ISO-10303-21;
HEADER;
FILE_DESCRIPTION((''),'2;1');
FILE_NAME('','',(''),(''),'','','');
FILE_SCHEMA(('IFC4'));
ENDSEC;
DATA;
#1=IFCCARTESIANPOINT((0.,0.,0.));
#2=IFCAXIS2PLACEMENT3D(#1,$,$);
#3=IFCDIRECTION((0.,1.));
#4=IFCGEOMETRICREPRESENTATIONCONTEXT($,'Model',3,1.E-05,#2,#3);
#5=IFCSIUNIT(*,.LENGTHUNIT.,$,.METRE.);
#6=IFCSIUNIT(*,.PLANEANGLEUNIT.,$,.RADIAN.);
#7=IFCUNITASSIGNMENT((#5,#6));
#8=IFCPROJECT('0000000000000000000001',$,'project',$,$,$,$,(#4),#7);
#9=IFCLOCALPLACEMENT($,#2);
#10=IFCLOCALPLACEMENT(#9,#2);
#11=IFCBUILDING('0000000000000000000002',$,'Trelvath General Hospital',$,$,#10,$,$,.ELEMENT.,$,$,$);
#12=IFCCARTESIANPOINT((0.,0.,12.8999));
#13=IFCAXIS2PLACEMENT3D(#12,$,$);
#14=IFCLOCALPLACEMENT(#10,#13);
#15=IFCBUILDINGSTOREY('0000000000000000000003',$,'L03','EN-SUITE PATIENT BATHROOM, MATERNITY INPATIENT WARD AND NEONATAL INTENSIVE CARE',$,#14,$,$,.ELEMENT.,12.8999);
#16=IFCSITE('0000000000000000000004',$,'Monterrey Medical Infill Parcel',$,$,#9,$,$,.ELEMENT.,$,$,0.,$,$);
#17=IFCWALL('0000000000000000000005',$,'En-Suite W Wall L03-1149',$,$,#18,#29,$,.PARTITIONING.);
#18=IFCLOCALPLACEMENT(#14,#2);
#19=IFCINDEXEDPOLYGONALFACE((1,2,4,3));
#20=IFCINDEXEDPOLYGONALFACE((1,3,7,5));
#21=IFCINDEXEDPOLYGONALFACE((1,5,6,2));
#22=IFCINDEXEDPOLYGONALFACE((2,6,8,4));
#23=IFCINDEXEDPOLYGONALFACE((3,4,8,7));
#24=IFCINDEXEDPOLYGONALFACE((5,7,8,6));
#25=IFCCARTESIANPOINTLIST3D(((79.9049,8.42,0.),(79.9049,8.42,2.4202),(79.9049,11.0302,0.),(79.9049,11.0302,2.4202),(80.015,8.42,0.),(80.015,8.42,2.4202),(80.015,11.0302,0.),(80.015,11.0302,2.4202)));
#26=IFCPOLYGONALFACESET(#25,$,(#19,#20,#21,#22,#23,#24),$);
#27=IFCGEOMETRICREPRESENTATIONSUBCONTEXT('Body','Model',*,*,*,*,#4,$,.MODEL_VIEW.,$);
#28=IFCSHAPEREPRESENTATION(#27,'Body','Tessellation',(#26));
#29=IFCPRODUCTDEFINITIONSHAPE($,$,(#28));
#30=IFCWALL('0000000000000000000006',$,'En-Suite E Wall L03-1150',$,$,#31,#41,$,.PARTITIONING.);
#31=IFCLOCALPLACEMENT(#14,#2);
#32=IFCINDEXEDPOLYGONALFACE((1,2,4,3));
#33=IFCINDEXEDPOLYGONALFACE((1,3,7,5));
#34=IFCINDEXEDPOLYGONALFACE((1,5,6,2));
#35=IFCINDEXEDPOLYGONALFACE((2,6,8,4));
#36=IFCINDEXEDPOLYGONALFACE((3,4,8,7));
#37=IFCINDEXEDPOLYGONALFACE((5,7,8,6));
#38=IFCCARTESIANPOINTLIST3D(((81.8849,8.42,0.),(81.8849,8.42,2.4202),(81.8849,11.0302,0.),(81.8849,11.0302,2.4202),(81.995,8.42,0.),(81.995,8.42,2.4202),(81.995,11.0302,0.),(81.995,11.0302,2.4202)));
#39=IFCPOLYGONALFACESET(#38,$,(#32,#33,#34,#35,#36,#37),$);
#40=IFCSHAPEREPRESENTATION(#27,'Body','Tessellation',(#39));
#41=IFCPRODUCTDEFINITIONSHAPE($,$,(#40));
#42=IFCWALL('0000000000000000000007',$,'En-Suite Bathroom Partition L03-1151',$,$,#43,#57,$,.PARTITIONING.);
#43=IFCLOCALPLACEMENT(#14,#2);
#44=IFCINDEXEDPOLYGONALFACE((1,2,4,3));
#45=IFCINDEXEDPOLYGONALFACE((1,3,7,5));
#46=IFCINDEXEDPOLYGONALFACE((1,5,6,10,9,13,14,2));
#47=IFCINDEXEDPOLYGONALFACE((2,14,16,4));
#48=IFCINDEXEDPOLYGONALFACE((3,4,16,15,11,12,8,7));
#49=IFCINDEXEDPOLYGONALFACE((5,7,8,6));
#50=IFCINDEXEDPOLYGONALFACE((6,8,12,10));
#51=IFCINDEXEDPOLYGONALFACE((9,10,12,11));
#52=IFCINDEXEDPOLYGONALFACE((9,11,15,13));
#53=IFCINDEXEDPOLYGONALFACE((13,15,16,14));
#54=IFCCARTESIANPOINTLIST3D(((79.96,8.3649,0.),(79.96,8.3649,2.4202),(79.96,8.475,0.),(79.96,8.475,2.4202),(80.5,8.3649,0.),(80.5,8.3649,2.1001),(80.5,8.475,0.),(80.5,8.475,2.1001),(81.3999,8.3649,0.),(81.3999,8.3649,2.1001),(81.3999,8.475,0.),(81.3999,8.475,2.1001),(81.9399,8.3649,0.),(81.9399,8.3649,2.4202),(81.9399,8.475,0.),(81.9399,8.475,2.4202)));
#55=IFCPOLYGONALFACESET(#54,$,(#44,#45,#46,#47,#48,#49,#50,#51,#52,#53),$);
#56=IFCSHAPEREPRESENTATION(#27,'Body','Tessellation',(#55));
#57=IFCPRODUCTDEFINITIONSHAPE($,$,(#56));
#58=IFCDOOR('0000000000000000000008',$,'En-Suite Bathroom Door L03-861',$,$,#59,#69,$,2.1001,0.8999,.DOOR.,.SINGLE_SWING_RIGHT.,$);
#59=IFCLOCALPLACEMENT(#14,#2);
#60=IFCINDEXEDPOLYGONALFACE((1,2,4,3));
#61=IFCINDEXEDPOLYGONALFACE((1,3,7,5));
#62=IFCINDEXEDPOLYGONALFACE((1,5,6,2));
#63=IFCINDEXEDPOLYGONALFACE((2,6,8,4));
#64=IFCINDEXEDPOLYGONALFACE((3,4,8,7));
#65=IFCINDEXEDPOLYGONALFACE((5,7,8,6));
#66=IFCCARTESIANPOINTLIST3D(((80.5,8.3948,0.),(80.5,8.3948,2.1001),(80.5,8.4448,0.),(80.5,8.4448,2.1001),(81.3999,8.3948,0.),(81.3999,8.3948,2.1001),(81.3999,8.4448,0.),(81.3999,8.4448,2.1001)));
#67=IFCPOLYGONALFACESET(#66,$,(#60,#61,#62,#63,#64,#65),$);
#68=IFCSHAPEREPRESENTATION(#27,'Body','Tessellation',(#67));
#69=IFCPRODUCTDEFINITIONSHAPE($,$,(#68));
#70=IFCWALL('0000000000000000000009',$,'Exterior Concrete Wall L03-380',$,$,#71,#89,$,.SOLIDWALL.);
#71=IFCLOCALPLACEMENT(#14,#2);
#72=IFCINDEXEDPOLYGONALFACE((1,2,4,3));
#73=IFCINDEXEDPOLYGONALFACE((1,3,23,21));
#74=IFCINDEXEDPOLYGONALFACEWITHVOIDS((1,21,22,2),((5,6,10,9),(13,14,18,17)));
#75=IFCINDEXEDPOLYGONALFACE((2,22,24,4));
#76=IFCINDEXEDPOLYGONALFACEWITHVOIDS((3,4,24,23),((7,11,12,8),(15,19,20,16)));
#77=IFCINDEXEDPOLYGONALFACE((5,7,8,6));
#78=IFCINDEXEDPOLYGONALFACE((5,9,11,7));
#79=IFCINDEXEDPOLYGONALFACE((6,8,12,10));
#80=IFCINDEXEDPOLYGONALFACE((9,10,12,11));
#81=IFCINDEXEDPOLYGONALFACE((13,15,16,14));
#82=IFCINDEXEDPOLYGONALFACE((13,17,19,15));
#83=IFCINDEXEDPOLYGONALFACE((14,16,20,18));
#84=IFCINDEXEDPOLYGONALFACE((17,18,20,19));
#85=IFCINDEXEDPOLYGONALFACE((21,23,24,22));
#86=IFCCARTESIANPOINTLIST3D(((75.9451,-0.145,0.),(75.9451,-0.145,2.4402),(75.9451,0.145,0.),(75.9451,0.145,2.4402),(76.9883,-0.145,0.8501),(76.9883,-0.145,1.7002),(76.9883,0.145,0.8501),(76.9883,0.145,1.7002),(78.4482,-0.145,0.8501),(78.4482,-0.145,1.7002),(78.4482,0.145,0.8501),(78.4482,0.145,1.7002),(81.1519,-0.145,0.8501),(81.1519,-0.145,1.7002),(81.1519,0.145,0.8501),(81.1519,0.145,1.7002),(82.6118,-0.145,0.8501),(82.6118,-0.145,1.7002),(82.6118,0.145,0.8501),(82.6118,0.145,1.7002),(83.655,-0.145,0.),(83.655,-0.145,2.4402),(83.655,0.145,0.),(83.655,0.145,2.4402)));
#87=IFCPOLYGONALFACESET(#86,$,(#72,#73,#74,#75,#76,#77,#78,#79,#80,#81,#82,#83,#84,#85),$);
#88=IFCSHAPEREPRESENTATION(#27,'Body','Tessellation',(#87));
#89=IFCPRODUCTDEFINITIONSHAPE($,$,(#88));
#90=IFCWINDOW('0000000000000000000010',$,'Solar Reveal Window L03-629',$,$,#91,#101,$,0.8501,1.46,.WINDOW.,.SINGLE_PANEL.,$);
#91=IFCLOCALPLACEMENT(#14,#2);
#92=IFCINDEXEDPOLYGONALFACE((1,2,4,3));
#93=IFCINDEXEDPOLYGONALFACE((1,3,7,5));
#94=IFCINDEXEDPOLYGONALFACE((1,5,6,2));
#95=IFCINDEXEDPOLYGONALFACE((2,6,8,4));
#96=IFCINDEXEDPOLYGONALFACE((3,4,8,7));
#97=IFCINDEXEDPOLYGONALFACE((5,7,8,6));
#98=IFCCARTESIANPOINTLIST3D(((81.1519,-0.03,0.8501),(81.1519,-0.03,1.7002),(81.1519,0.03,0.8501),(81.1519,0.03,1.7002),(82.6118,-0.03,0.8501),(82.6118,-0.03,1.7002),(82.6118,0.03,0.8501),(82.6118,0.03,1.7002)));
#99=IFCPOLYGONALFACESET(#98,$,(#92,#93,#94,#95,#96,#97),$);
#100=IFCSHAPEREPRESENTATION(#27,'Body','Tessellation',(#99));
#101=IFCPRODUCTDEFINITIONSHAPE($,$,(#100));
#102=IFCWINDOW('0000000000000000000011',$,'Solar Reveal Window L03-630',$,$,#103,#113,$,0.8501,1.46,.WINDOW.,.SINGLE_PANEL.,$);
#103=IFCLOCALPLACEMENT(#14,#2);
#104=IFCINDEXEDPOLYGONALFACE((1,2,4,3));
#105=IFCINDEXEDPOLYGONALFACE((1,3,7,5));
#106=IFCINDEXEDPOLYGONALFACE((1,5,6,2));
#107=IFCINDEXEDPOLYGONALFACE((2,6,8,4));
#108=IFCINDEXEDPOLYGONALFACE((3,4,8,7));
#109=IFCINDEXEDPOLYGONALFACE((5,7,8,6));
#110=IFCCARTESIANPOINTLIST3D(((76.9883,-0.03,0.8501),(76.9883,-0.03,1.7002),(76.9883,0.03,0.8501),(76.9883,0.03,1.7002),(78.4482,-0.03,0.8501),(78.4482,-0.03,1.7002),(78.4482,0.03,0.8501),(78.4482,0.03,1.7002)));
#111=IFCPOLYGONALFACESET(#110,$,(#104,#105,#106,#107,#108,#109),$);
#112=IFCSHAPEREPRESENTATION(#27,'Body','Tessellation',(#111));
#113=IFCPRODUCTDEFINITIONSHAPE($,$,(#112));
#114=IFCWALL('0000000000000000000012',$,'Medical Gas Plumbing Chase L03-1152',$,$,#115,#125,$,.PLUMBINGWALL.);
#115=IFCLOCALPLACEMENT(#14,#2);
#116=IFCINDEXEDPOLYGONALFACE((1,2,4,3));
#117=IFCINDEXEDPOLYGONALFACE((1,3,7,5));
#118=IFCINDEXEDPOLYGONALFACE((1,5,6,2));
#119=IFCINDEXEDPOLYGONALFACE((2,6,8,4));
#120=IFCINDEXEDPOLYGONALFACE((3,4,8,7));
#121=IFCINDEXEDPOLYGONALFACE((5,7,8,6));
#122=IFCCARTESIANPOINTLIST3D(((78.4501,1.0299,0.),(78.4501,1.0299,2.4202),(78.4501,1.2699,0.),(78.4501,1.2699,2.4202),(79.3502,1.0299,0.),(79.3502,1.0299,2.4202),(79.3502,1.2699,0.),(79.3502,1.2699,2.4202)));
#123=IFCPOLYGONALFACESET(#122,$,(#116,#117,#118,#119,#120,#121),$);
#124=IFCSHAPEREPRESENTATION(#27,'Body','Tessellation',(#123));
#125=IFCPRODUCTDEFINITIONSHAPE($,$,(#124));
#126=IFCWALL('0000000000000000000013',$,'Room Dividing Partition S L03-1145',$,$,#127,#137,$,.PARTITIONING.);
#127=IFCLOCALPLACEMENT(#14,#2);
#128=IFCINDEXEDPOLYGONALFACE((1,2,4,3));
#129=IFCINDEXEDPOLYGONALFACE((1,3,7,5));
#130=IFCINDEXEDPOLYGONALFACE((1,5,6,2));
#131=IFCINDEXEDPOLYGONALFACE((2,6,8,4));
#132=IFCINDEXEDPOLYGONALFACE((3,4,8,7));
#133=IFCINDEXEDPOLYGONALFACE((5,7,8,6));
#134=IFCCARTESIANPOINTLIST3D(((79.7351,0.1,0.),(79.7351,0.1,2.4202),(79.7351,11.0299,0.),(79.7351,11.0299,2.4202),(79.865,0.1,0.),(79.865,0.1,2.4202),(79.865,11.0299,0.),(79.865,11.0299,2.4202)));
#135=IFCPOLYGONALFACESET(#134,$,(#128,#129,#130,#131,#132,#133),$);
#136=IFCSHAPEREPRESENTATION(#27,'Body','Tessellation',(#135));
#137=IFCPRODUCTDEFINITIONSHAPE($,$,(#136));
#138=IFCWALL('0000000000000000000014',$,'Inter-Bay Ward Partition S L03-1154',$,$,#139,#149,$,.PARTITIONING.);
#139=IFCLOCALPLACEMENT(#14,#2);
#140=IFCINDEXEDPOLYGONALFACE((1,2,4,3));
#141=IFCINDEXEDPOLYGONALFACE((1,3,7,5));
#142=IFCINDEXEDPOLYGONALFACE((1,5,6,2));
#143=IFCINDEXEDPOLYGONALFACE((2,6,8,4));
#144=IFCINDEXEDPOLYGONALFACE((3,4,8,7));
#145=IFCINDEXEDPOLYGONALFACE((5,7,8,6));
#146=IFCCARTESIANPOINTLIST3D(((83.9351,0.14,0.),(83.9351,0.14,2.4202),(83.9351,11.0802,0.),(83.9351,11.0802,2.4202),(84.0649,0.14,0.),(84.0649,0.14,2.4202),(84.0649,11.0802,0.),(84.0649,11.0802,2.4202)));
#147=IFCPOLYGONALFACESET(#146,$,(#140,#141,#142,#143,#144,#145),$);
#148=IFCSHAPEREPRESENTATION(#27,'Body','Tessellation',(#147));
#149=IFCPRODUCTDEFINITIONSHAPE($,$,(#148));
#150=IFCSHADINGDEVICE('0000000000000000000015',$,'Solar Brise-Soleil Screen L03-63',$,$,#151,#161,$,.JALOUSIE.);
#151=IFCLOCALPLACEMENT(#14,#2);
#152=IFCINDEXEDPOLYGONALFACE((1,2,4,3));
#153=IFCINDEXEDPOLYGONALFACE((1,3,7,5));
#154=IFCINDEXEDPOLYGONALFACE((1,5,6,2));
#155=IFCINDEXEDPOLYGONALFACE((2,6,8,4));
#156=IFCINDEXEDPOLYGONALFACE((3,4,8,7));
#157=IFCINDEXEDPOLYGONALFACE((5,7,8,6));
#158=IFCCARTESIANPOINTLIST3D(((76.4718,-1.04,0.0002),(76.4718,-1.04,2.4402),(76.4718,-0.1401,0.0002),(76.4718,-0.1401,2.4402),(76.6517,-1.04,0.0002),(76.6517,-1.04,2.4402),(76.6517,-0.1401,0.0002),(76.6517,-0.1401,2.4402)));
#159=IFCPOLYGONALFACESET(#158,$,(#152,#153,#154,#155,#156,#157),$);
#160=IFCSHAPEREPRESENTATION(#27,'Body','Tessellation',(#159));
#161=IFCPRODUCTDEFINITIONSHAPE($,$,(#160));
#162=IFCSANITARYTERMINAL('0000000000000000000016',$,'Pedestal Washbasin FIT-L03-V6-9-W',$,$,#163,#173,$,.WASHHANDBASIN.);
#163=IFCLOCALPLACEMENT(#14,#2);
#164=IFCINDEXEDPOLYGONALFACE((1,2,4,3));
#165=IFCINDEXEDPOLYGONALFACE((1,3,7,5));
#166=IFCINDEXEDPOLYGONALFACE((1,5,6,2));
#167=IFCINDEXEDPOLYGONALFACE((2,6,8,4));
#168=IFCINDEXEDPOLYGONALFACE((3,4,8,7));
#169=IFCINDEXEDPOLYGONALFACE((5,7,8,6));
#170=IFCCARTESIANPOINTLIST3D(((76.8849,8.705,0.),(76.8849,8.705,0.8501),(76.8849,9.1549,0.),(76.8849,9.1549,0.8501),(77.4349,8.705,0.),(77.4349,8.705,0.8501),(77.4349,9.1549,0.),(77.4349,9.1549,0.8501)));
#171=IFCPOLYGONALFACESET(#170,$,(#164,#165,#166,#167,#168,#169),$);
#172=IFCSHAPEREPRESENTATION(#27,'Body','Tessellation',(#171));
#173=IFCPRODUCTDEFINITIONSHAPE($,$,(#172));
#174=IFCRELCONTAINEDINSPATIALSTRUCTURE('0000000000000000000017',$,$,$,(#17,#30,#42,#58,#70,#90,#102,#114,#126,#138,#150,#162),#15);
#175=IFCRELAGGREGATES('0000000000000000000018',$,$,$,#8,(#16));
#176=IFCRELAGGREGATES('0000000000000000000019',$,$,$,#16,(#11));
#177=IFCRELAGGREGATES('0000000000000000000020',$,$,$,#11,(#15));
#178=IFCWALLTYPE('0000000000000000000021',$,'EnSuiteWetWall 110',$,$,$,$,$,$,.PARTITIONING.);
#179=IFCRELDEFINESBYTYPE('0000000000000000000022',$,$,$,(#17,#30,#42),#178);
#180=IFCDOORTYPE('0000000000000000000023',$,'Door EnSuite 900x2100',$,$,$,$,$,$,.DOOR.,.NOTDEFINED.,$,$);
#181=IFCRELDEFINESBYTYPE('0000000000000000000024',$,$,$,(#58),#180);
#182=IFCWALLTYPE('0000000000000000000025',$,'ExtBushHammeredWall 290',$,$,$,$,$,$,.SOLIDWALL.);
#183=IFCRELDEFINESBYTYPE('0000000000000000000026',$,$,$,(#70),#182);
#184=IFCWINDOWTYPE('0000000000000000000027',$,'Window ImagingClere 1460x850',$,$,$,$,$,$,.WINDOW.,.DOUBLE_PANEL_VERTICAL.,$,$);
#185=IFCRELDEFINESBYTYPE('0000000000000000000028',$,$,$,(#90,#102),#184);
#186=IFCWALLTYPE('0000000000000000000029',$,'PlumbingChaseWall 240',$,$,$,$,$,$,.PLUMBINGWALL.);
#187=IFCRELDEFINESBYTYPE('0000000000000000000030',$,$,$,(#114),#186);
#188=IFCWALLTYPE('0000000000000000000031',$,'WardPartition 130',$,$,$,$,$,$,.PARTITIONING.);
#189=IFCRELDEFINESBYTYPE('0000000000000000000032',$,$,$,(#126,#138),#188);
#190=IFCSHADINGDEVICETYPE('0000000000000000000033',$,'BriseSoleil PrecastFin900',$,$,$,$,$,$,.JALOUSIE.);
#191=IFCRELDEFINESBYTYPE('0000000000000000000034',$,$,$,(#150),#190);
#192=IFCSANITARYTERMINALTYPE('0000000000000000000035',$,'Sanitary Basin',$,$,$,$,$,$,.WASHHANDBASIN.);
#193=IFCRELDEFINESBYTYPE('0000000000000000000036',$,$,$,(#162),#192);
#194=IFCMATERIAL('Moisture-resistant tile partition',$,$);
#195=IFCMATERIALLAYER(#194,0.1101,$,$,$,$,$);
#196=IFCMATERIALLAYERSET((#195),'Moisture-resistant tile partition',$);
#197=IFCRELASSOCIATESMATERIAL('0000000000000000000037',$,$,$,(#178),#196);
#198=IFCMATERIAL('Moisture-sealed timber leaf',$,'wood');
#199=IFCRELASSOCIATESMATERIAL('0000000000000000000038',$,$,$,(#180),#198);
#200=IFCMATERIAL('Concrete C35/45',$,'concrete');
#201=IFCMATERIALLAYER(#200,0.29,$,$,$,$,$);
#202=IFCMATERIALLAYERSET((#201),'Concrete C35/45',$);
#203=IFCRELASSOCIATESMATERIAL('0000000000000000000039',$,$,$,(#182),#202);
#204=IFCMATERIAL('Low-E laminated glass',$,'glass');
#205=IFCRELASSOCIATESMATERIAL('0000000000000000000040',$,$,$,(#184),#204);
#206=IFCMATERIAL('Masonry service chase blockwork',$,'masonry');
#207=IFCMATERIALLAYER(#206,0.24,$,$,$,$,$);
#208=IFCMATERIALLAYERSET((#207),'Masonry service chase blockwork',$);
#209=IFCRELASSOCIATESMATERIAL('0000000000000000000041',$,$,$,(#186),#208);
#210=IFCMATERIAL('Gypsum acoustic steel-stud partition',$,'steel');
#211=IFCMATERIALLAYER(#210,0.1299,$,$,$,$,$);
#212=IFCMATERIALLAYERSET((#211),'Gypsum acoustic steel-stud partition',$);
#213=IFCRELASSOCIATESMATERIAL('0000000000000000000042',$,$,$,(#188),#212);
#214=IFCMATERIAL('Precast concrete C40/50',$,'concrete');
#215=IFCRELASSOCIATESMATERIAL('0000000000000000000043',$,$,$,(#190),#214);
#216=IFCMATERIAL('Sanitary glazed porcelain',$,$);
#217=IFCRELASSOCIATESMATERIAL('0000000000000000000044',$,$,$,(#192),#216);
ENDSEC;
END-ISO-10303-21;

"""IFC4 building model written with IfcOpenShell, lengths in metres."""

from ifc_helpers import new_model, si_unit, direction, frame, frame_2d, origin, origin_2d, place, context, subcontext, project, spatial, rectangle, extrude, material, layer, layer_set, type_object, element, fill, save


model = new_model("IFC4")

# Units and contexts
model_context = context("Model", 3, precision=1e-05, world=origin(), true_north=direction((0.0, 1.0)))
body_context = subcontext(model_context, "Body", "Model", "MODEL_VIEW")
ifc_project = project(units=[si_unit("LENGTHUNIT", "METRE"), si_unit("PLANEANGLEUNIT", "RADIAN")], contexts=[model_context])

# Site, building, storey
site_placement = place(None, origin())
site = spatial("IfcSite", under=ifc_project, at=site_placement, Name="Monterrey Medical Infill Parcel", CompositionType="ELEMENT", RefElevation=0.0)
building_placement = place(site_placement, origin())
building = spatial("IfcBuilding", under=site, at=building_placement, Name="Trelvath General Hospital", CompositionType="ELEMENT")
storey_placement = place(building_placement, frame((0.0, 0.0, 12.8999)))
storey = spatial("IfcBuildingStorey", under=building, at=storey_placement, Name="L03", Description="EN-SUITE PATIENT BATHROOM, MATERNITY INPATIENT WARD AND NEONATAL INTENSIVE CARE", CompositionType="ELEMENT", Elevation=12.8999)

# Walls
ifc_material_1 = material(Name="Moisture-resistant tile partition")
ifc_layer_1 = layer(ifc_material_1, 0.1101)
ifc_layer_set_1 = layer_set([ifc_layer_1], Name="Moisture-resistant tile partition")
wall_type_1 = type_object("IfcWallType", Name="EnSuiteWetWall 110", PredefinedType="PARTITIONING", material=ifc_layer_set_1)
for number, where, z_axis, x_axis, name in (
    (1, (79.96, 8.4199, 0.0), (0.0, 0.0, 1.0), (0.0, 1.0, 0.0), "En-Suite W Wall L03-1149"),
    (2, (81.9399, 8.4199, 0.0), (0.0, 0.0, 1.0), (0.0, 1.0, 0.0), "En-Suite E Wall L03-1150"),
):
    element("IfcWall", number, at=place(storey_placement, frame(where, z_axis=z_axis, x_axis=x_axis)), inside=storey, type_object=wall_type_1, Name=name, PredefinedType="PARTITIONING", context=body_context, shape_type="SweptSolid", body=[
        extrude(rectangle(XDim=2.6101, YDim=0.1101, at=frame_2d((1.3052, 0.0))), origin(), (0.0, 0.0, 1.0), 2.4202),
    ])

# Wall, opening, door
wall_1_placement = place(storey_placement, frame((79.96, 8.4199, 0.0), z_axis=(0.0, 0.0, 1.0), x_axis=(1.0, 0.0, 0.0)))
wall_1 = element("IfcWall", 3, at=wall_1_placement, inside=storey, type_object=wall_type_1, Name="En-Suite Bathroom Partition L03-1151", PredefinedType="PARTITIONING", context=body_context, shape_type="SweptSolid", body=[
    extrude(rectangle(XDim=1.98, YDim=0.1101, at=frame_2d((0.99, 0.0))), origin(), (0.0, 0.0, 1.0), 2.4202),
])
opening_1_placement = place(wall_1_placement, frame((0.54, 0.0, 0.0)))
opening_1 = element("IfcOpeningElement", 4, at=opening_1_placement, cuts=wall_1, PredefinedType="OPENING", context=body_context, shape_type="SweptSolid", body=[
    extrude(rectangle(XDim=0.8999, YDim=2.1001, at=frame_2d((0.45, 1.05))), frame((0.0, 0.0649, 0.0), z_axis=(0.0, -1.0, 0.0), x_axis=(1.0, 0.0, 0.0)), (0.0, 0.0, 1.0), 0.1301),
])
ifc_material_2 = material(Name="Moisture-sealed timber leaf", Category="wood")
door_type_1 = type_object("IfcDoorType", Name="Door EnSuite 900x2100", OperationType="NOTDEFINED", PredefinedType="DOOR", material=ifc_material_2)
door_1_placement = place(opening_1_placement, origin())
door_1 = element("IfcDoor", 5, at=door_1_placement, inside=storey, type_object=door_type_1, Name="En-Suite Bathroom Door L03-861", OperationType="SINGLE_SWING_RIGHT", OverallHeight=2.1001, OverallWidth=0.8999, PredefinedType="DOOR", context=body_context, shape_type="SweptSolid", body=[
    extrude(rectangle(XDim=0.8999, YDim=2.1001, at=frame_2d((0.45, 1.05))), frame((0.0, 0.0249, 0.0), z_axis=(0.0, -1.0, 0.0), x_axis=(1.0, 0.0, 0.0)), (0.0, 0.0, 1.0), 0.05),
])
fill(opening_1, door_1)

# Wall, openings, windows
ifc_material_3 = material(Name="Concrete C35/45", Category="concrete")
ifc_layer_2 = layer(ifc_material_3, 0.29)
ifc_layer_set_2 = layer_set([ifc_layer_2], Name="Concrete C35/45")
wall_type_2 = type_object("IfcWallType", Name="ExtBushHammeredWall 290", PredefinedType="SOLIDWALL", material=ifc_layer_set_2)
wall_2_placement = place(storey_placement, frame((83.655, 0.0, 0.0), z_axis=(0.0, 0.0, 1.0), x_axis=(-1.0, 0.0, 0.0)))
wall_2 = element("IfcWall", 6, at=wall_2_placement, inside=storey, type_object=wall_type_2, Name="Exterior Concrete Wall L03-380", PredefinedType="SOLIDWALL", context=body_context, shape_type="SweptSolid", body=[
    extrude(rectangle(XDim=7.71, YDim=0.29, at=frame_2d((3.855, 0.0))), origin(), (0.0, 0.0, 1.0), 2.4402),
])
opening_2_placement = place(wall_2_placement, frame((1.0432, 0.0, 0.8501)))
opening_2 = element("IfcOpeningElement", 7, at=opening_2_placement, cuts=wall_2, PredefinedType="OPENING", context=body_context, shape_type="SweptSolid", body=[
    extrude(rectangle(XDim=1.46, YDim=0.8501, at=frame_2d((0.73, 0.425))), frame((0.0, 0.155, 0.0), z_axis=(0.0, -1.0, 0.0), x_axis=(1.0, 0.0, 0.0)), (0.0, 0.0, 1.0), 0.3101),
])
opening_3_placement = place(wall_2_placement, frame((5.2068, 0.0, 0.8501)))
opening_3 = element("IfcOpeningElement", 8, at=opening_3_placement, cuts=wall_2, PredefinedType="OPENING", context=body_context, shape_type="SweptSolid", body=[
    extrude(rectangle(XDim=1.46, YDim=0.8501, at=frame_2d((0.73, 0.425))), frame((0.0, 0.155, 0.0), z_axis=(0.0, -1.0, 0.0), x_axis=(1.0, 0.0, 0.0)), (0.0, 0.0, 1.0), 0.3101),
])
ifc_material_4 = material(Name="Low-E laminated glass", Category="glass")
window_type = type_object("IfcWindowType", Name="Window ImagingClere 1460x850", PartitioningType="DOUBLE_PANEL_VERTICAL", PredefinedType="WINDOW", material=ifc_material_4)
window_1_placement = place(opening_2_placement, origin())
window_1 = element("IfcWindow", 9, at=window_1_placement, inside=storey, type_object=window_type, Name="Solar Reveal Window L03-629", OverallHeight=0.8501, OverallWidth=1.46, PartitioningType="SINGLE_PANEL", PredefinedType="WINDOW", context=body_context, shape_type="SweptSolid", body=[
    extrude(rectangle(XDim=1.46, YDim=0.8501, at=frame_2d((0.73, 0.425))), frame((0.0, 0.03, 0.0), z_axis=(0.0, -1.0, 0.0), x_axis=(1.0, 0.0, 0.0)), (0.0, 0.0, 1.0), 0.0601),
])
fill(opening_2, window_1)
window_2_placement = place(opening_3_placement, origin())
window_2 = element("IfcWindow", 10, at=window_2_placement, inside=storey, type_object=window_type, Name="Solar Reveal Window L03-630", OverallHeight=0.8501, OverallWidth=1.46, PartitioningType="SINGLE_PANEL", PredefinedType="WINDOW", context=body_context, shape_type="SweptSolid", body=[
    extrude(rectangle(XDim=1.46, YDim=0.8501, at=frame_2d((0.73, 0.425))), frame((0.0, 0.03, 0.0), z_axis=(0.0, -1.0, 0.0), x_axis=(1.0, 0.0, 0.0)), (0.0, 0.0, 1.0), 0.0601),
])
fill(opening_3, window_2)

# Walls
ifc_material_5 = material(Name="Masonry service chase blockwork", Category="masonry")
ifc_layer_3 = layer(ifc_material_5, 0.24)
ifc_layer_set_3 = layer_set([ifc_layer_3], Name="Masonry service chase blockwork")
wall_type_3 = type_object("IfcWallType", Name="PlumbingChaseWall 240", PredefinedType="PLUMBINGWALL", material=ifc_layer_set_3)
wall_3_placement = place(storey_placement, frame((78.45, 1.1499, 0.0), z_axis=(0.0, 0.0, 1.0), x_axis=(1.0, 0.0, 0.0)))
element("IfcWall", 11, at=wall_3_placement, inside=storey, type_object=wall_type_3, Name="Medical Gas Plumbing Chase L03-1152", PredefinedType="PLUMBINGWALL", context=body_context, shape_type="SweptSolid", body=[
    extrude(rectangle(XDim=0.9001, YDim=0.24, at=frame_2d((0.4502, 0.0))), origin(), (0.0, 0.0, 1.0), 2.4202),
])
ifc_material_6 = material(Name="Gypsum acoustic steel-stud partition", Category="steel")
ifc_layer_4 = layer(ifc_material_6, 0.1299)
ifc_layer_set_4 = layer_set([ifc_layer_4], Name="Gypsum acoustic steel-stud partition")
wall_type_4 = type_object("IfcWallType", Name="WardPartition 130", PredefinedType="PARTITIONING", material=ifc_layer_set_4)
wall_4_placement = place(storey_placement, frame((79.8, 0.1001, 0.0), z_axis=(0.0, 0.0, 1.0), x_axis=(0.0, 1.0, 0.0)))
element("IfcWall", 12, at=wall_4_placement, inside=storey, type_object=wall_type_4, Name="Room Dividing Partition S L03-1145", PredefinedType="PARTITIONING", context=body_context, shape_type="SweptSolid", body=[
    extrude(rectangle(XDim=10.9299, YDim=0.1299, at=frame_2d((5.4648, 0.0))), origin(), (0.0, 0.0, 1.0), 2.4202),
])
wall_5_placement = place(storey_placement, frame((84.0, 0.1399, 0.0), z_axis=(0.0, 0.0, 1.0), x_axis=(0.0, 1.0, 0.0)))
element("IfcWall", 13, at=wall_5_placement, inside=storey, type_object=wall_type_4, Name="Inter-Bay Ward Partition S L03-1154", PredefinedType="PARTITIONING", context=body_context, shape_type="SweptSolid", body=[
    extrude(rectangle(XDim=10.9402, YDim=0.1299, at=frame_2d((5.4702, 0.0))), origin(), (0.0, 0.0, 1.0), 2.4202),
])

# Shading device
ifc_material_7 = material(Name="Precast concrete C40/50", Category="concrete")
shading_device_type = type_object("IfcShadingDeviceType", Name="BriseSoleil PrecastFin900", PredefinedType="JALOUSIE", material=ifc_material_7)
shading_device_placement = place(storey_placement, frame((76.5618, -0.5901, 0.0002), z_axis=(0.0, 0.0, 1.0), x_axis=(0.0, -1.0, 0.0)))
element("IfcShadingDevice", 14, at=shading_device_placement, inside=storey, type_object=shading_device_type, Name="Solar Brise-Soleil Screen L03-63", PredefinedType="JALOUSIE", context=body_context, shape_type="SweptSolid", body=[
    extrude(rectangle(XDim=0.8999, YDim=0.1799, at=origin_2d()), origin(), (0.0, 0.0, 1.0), 2.4399),
])

# Sanitary terminal
ifc_material_8 = material(Name="Sanitary glazed porcelain")
sanitary_terminal_type_1 = type_object("IfcSanitaryTerminalType", Name="Sanitary Basin", PredefinedType="WASHHANDBASIN", material=ifc_material_8)
sanitary_terminal_1_placement = place(storey_placement, frame((77.1599, 8.9299, 0.0), z_axis=(0.0, 0.0, 1.0), x_axis=(1.0, 0.0, 0.0)))
element("IfcSanitaryTerminal", 15, at=sanitary_terminal_1_placement, inside=storey, type_object=sanitary_terminal_type_1, Name="Pedestal Washbasin FIT-L03-V6-9-W", PredefinedType="WASHHANDBASIN", context=body_context, shape_type="SweptSolid", body=[
    extrude(rectangle(XDim=0.55, YDim=0.45, at=origin_2d()), origin(), (0.0, 0.0, 1.0), 0.8501),
])

save(model, "model.ifc")
